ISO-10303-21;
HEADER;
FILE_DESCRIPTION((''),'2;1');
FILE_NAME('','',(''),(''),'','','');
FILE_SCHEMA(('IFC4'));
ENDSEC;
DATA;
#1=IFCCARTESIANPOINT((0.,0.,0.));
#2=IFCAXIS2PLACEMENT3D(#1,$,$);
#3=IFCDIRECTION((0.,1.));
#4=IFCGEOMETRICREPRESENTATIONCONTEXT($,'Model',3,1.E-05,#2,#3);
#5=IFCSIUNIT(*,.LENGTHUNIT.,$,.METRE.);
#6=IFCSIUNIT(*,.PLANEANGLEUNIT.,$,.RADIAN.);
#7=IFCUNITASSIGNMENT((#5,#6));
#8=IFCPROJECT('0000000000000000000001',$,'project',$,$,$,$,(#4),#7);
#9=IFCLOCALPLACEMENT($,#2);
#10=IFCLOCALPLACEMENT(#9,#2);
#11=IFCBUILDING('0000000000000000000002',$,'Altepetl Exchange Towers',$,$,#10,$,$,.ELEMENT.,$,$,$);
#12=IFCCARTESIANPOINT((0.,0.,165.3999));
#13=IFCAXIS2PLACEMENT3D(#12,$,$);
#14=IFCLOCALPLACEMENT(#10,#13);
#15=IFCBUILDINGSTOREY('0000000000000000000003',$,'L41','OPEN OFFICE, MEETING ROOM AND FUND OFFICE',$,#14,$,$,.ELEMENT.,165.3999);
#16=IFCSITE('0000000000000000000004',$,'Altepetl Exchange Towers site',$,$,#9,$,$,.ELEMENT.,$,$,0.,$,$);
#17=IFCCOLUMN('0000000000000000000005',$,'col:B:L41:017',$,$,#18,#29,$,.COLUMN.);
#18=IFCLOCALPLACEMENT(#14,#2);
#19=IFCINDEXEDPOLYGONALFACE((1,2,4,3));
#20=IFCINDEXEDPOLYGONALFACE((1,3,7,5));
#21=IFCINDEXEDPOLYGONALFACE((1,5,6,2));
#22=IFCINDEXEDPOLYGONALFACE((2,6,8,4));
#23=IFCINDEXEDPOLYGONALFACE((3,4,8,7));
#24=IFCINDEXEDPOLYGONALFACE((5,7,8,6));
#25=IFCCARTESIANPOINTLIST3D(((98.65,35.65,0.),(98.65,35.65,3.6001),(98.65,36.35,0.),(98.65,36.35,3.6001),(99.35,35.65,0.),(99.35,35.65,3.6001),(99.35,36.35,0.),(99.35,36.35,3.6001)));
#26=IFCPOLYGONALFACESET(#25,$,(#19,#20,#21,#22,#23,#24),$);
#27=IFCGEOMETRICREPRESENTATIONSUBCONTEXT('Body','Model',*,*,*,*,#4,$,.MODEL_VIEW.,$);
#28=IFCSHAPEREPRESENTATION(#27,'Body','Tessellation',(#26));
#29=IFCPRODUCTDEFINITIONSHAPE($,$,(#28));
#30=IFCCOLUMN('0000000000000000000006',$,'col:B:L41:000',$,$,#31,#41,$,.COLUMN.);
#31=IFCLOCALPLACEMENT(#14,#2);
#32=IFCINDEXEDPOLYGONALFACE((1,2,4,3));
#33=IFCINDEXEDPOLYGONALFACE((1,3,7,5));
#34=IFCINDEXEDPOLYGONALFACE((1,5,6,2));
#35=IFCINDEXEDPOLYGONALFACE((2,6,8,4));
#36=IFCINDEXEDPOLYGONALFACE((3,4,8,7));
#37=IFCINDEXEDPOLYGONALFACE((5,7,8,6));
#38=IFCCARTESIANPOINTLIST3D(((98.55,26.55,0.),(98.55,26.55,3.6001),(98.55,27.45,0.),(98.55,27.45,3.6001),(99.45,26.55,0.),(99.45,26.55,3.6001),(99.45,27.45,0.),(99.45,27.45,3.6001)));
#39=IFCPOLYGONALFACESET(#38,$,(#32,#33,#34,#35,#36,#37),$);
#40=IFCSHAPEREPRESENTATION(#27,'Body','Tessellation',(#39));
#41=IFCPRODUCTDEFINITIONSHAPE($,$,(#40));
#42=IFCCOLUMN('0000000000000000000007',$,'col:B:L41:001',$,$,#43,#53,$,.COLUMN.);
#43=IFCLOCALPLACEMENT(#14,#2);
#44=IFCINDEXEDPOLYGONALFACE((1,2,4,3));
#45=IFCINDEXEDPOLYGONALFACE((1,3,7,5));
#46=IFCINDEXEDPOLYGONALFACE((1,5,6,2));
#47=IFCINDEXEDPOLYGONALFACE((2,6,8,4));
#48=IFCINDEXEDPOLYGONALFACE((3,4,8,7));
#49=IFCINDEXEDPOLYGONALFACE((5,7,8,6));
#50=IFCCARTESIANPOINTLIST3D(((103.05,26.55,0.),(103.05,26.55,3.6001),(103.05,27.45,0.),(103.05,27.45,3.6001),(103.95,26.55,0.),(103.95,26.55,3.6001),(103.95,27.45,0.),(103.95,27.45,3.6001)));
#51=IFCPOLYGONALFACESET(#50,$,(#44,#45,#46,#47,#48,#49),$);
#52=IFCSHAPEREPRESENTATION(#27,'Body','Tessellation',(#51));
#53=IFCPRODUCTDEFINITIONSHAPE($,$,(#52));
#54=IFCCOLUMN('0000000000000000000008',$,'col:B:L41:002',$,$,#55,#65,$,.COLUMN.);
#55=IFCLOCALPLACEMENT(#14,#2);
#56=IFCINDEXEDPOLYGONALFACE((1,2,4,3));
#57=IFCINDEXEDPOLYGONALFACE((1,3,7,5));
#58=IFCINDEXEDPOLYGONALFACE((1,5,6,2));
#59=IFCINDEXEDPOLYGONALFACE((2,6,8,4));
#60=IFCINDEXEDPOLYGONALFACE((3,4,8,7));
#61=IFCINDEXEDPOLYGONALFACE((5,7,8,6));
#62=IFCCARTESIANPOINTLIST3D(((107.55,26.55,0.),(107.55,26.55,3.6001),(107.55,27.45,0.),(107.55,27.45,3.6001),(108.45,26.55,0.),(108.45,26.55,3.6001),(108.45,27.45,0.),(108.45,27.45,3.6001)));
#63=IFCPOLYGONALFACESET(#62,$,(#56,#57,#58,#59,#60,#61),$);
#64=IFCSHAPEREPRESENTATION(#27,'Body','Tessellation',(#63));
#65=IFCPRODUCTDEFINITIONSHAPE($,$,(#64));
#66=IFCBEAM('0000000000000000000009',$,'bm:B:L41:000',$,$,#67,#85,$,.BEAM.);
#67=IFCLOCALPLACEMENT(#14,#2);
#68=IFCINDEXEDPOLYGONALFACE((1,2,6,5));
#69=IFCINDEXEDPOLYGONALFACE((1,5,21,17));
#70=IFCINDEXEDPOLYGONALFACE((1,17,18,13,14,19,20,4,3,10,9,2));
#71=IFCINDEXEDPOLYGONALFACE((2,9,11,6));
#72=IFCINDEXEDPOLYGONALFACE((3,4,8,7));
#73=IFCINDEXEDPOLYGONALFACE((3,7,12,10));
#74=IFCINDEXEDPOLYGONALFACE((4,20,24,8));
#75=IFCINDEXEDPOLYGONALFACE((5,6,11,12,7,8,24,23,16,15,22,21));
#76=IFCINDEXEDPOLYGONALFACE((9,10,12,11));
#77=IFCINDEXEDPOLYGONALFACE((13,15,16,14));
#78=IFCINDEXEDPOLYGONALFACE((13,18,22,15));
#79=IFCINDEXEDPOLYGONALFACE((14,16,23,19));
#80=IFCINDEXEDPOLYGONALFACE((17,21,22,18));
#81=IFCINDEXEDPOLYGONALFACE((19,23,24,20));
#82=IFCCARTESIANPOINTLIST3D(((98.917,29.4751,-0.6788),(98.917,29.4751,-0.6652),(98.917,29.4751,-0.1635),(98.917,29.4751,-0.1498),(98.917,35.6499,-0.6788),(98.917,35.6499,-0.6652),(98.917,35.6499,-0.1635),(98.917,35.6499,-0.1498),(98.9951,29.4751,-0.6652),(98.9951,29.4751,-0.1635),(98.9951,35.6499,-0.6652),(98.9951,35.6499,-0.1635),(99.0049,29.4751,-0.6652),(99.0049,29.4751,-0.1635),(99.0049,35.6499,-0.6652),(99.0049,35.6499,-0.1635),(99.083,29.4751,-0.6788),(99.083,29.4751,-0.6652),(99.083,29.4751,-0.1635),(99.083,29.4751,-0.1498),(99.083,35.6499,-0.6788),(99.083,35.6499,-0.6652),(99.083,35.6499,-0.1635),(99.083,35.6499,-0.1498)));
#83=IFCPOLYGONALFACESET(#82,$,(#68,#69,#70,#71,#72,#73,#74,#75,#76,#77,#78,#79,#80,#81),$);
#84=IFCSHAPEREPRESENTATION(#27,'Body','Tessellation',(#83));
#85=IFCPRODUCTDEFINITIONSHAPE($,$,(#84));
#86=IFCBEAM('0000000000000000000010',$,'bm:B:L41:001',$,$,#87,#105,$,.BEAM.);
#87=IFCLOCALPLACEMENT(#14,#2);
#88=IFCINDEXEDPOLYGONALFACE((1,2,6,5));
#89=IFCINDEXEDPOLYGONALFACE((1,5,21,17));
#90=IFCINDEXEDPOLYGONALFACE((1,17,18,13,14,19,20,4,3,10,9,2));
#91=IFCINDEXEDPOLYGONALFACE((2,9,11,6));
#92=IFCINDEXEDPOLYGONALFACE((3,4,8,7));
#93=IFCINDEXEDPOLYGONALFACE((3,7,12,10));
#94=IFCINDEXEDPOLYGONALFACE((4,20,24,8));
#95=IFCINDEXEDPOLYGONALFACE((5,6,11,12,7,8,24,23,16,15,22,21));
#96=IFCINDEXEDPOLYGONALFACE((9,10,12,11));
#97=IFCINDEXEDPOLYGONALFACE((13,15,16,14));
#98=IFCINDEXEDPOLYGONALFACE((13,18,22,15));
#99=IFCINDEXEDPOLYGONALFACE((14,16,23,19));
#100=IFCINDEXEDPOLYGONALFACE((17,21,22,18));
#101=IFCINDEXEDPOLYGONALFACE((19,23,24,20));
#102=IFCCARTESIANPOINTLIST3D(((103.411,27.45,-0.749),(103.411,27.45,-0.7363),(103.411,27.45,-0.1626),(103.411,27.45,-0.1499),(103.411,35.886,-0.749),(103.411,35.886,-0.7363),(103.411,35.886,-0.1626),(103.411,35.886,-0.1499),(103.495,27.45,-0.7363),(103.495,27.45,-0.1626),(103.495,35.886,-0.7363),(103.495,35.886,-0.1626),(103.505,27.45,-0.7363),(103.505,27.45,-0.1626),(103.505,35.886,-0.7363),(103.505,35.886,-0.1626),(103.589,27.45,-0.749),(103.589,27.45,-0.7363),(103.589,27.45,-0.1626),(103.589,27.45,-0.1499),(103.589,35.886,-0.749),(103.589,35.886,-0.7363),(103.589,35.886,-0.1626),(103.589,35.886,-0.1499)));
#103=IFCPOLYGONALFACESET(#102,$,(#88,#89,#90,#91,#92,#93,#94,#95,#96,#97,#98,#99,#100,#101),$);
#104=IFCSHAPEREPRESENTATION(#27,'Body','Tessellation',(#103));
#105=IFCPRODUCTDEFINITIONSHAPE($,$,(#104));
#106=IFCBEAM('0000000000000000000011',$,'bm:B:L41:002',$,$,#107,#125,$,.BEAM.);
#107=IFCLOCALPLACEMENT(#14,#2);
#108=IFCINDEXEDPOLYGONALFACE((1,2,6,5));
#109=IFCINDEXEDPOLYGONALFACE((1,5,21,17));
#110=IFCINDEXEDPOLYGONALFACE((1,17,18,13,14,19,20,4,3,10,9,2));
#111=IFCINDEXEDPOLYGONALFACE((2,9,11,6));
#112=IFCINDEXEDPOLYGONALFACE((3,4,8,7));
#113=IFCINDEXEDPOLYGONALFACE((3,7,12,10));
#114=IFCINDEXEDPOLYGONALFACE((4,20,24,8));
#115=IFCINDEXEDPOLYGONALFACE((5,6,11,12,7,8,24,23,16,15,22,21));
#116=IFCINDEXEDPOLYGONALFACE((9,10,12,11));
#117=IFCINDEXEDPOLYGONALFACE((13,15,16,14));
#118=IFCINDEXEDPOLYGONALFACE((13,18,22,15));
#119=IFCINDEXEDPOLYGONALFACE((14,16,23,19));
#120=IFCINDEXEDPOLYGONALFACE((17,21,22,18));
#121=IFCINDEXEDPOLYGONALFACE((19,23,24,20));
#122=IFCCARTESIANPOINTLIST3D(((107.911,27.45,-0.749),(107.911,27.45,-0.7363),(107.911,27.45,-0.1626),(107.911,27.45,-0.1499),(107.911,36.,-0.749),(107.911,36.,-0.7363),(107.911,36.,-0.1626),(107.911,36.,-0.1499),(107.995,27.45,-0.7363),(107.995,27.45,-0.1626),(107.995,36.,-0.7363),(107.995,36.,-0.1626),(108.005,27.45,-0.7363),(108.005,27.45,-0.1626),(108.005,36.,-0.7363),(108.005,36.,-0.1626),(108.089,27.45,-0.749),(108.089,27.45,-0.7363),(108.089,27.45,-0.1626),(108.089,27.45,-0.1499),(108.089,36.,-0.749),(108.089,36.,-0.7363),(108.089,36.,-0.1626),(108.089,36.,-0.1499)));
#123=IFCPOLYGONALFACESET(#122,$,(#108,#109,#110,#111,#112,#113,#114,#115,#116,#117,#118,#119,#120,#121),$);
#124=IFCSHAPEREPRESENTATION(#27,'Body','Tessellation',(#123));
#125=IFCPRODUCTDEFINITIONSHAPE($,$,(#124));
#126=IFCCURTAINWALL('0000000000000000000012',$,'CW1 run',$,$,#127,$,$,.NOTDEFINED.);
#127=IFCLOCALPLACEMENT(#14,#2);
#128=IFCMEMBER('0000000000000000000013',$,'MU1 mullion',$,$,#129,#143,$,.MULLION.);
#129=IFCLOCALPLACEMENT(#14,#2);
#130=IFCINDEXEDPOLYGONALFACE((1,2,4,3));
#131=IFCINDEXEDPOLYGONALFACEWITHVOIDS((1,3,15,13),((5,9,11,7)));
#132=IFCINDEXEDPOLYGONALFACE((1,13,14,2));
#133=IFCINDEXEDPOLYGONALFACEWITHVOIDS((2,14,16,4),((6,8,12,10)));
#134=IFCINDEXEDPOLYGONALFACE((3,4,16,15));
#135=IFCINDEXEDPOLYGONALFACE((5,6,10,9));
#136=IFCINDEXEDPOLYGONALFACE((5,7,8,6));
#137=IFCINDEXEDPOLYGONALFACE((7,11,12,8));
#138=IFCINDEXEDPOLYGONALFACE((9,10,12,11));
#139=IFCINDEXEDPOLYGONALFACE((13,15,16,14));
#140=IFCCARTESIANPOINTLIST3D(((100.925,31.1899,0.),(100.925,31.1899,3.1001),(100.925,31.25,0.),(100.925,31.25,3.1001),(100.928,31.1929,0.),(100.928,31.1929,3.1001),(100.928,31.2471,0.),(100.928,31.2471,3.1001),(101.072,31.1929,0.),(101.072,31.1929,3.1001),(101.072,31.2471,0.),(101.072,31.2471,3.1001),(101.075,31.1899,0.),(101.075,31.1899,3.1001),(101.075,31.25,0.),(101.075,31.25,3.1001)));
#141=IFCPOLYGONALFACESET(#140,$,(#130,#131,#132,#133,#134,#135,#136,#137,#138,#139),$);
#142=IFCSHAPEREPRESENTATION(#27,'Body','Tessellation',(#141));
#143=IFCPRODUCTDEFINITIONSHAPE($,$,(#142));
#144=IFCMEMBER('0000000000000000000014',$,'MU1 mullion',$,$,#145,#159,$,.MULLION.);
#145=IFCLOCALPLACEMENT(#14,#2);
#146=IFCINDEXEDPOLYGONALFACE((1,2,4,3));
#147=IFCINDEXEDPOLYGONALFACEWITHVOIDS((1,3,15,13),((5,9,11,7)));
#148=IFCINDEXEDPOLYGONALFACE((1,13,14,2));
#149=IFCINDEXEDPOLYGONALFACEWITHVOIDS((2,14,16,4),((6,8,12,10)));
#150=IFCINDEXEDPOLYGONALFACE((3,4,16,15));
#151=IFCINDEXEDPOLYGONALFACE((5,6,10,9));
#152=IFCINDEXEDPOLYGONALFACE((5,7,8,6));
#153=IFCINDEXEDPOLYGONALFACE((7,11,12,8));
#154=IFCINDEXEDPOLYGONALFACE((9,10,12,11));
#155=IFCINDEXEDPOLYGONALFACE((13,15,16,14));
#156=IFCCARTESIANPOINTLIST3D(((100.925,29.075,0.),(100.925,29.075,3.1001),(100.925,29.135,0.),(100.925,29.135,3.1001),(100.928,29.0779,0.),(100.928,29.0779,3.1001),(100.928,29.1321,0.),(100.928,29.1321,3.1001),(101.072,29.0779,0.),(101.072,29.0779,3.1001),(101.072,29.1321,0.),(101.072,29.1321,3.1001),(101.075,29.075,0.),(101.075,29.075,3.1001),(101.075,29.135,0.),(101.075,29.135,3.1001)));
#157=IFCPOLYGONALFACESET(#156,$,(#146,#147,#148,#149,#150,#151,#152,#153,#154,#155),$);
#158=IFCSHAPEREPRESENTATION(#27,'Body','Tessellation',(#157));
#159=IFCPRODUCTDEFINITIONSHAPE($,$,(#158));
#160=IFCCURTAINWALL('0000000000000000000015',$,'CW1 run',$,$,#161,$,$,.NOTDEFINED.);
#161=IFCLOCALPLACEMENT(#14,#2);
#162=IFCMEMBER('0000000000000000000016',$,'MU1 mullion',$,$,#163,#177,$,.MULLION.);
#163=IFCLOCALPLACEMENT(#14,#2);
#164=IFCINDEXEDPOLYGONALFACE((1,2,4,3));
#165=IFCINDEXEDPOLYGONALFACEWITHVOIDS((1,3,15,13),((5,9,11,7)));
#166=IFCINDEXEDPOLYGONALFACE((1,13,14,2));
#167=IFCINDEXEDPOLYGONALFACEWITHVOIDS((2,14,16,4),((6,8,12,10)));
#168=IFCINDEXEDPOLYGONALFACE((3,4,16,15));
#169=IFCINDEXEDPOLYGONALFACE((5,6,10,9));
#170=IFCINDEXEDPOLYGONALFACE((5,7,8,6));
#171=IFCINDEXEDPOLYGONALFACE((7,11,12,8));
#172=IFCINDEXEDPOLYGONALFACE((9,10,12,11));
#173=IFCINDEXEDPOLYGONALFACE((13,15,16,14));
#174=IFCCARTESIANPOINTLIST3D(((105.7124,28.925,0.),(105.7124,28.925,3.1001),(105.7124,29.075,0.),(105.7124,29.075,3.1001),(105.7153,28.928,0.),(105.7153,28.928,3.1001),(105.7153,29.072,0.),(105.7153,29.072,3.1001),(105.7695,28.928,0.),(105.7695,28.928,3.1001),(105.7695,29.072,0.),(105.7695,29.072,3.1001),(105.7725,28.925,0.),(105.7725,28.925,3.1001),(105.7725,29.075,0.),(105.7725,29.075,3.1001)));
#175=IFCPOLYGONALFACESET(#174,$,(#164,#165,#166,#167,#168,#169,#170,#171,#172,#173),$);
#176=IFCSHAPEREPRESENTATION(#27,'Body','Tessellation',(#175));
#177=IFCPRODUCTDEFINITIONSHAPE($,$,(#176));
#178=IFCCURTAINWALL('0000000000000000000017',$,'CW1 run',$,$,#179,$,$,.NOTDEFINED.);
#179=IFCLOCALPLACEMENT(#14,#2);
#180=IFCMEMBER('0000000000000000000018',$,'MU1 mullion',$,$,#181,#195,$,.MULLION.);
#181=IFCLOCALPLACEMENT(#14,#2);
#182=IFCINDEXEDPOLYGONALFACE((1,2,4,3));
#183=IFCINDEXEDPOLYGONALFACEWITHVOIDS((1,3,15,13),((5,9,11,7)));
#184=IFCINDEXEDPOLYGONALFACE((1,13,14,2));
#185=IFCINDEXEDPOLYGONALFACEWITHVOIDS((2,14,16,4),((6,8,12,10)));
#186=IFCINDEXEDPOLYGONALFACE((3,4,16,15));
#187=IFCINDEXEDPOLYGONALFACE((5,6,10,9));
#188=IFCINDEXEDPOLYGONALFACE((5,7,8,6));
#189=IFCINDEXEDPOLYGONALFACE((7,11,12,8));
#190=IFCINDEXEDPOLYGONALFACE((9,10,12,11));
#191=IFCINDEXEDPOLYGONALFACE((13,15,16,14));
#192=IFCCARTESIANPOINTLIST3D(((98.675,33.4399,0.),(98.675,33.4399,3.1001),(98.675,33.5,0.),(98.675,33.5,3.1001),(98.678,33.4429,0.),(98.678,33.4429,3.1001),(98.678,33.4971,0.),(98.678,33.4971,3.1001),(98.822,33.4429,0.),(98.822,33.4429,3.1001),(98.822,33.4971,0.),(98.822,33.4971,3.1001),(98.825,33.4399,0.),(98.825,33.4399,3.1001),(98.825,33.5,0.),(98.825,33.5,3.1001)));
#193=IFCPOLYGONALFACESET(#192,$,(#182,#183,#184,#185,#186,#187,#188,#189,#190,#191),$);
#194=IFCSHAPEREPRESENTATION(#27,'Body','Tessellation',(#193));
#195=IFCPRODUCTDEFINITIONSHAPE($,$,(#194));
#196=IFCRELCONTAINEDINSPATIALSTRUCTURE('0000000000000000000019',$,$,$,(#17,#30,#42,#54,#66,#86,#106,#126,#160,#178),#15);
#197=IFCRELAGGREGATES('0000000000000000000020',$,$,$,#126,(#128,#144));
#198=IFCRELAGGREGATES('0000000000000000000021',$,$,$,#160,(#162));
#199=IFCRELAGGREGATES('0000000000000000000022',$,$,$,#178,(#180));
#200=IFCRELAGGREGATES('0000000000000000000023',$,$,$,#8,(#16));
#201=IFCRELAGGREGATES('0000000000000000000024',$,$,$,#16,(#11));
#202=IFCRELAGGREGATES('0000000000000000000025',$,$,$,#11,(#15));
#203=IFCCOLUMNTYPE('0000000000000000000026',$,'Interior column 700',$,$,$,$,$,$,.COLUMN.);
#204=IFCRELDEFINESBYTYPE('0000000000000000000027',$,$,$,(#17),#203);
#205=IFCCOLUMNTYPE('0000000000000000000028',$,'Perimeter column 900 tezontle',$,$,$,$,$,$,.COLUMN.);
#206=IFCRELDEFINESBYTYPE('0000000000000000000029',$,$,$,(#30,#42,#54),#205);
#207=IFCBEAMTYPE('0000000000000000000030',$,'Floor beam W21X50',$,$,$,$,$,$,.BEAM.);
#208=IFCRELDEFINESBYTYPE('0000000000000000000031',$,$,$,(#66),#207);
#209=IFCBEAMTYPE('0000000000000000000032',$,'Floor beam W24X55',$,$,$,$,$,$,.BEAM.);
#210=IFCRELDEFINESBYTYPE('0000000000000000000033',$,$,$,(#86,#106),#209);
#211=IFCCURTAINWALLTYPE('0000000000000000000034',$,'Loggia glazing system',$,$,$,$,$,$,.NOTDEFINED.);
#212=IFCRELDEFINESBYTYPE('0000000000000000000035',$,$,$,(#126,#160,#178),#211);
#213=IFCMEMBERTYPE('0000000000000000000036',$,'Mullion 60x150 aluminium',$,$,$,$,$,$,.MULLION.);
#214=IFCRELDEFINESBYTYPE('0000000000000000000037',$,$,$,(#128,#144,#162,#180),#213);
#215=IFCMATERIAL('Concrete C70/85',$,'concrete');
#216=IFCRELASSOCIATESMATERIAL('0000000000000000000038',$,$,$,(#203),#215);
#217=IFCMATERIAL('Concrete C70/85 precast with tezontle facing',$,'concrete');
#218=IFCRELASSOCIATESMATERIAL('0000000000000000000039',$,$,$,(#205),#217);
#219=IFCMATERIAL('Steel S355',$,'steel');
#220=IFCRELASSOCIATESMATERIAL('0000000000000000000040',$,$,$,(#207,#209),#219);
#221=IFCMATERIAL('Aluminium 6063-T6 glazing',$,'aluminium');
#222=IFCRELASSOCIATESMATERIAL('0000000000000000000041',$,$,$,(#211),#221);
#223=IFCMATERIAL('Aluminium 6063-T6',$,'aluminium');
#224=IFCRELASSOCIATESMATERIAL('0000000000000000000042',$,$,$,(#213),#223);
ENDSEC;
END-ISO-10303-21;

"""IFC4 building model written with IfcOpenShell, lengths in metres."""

from ifc_helpers import new_model, si_unit, direction, frame, origin, origin_2d, place, context, subcontext, project, spatial, rectangle, hollow_rectangle, i_section, extrude, material, material_profile, profile_set, type_object, element, aggregate, save


model = new_model("IFC4")

# Units and contexts
model_context = context("Model", 3, precision=1e-05, world=origin(), true_north=direction((0.0, 1.0)))
body_context = subcontext(model_context, "Body", "Model", "MODEL_VIEW")
ifc_project = project(units=[si_unit("LENGTHUNIT", "METRE"), si_unit("PLANEANGLEUNIT", "RADIAN")], contexts=[model_context])

# Site, building, storey
site_placement = place(None, origin())
site = spatial("IfcSite", under=ifc_project, at=site_placement, Name="Altepetl Exchange Towers site", CompositionType="ELEMENT", RefElevation=0.0)
building_placement = place(site_placement, origin())
building = spatial("IfcBuilding", under=site, at=building_placement, Name="Altepetl Exchange Towers", CompositionType="ELEMENT")
storey_placement = place(building_placement, frame((0.0, 0.0, 165.3999)))
storey = spatial("IfcBuildingStorey", under=building, at=storey_placement, Name="L41", Description="OPEN OFFICE, MEETING ROOM AND FUND OFFICE", CompositionType="ELEMENT", Elevation=165.3999)

# Columns
ifc_material_1 = material(Name="Concrete C70/85", Category="concrete")
ifc_material_profile_1 = material_profile(ifc_material_1, rectangle(XDim=0.7, YDim=0.7, at=origin_2d()), Name="700 x 700")
ifc_profile_set_1 = profile_set([ifc_material_profile_1], Name="Concrete C70/85")
column_type_1 = type_object("IfcColumnType", Name="Interior column 700", PredefinedType="COLUMN", material=ifc_profile_set_1)
column_placement = place(storey_placement, frame((99.0, 36.0, 0.0)))
element("IfcColumn", 1, at=column_placement, inside=storey, type_object=column_type_1, Name="col:B:L41:017", PredefinedType="COLUMN", context=body_context, shape_type="SweptSolid", body=[
    extrude(rectangle(XDim=0.7, YDim=0.7, at=origin_2d()), origin(), (0.0, 0.0, 1.0), 3.6001),
])
ifc_material_2 = material(Name="Concrete C70/85 precast with tezontle facing", Category="concrete")
ifc_material_profile_2 = material_profile(ifc_material_2, rectangle(XDim=0.8999, YDim=0.8999, at=origin_2d()), Name="900 x 900")
ifc_profile_set_2 = profile_set([ifc_material_profile_2], Name="Concrete C70/85 precast with tezontle facing")
column_type_2 = type_object("IfcColumnType", Name="Perimeter column 900 tezontle", PredefinedType="COLUMN", material=ifc_profile_set_2)
for number, where, name in (
    (2, (99.0, 27.0, 0.0), "col:B:L41:000"),
    (3, (103.5, 27.0, 0.0), "col:B:L41:001"),
    (4, (108.0, 27.0, 0.0), "col:B:L41:002"),
):
    element("IfcColumn", number, at=place(storey_placement, frame(where)), inside=storey, type_object=column_type_2, Name=name, PredefinedType="COLUMN", context=body_context, shape_type="SweptSolid", body=[
        extrude(rectangle(XDim=0.8999, YDim=0.8999, at=origin_2d()), origin(), (0.0, 0.0, 1.0), 3.6001),
    ])

# Beams
ifc_material_3 = material(Name="Steel S355", Category="steel")
ifc_material_profile_3 = material_profile(ifc_material_3, i_section(OverallWidth=0.166, OverallDepth=0.5291, WebThickness=0.0098, FlangeThickness=0.0137, at=origin_2d()), Name="W21X50")
ifc_profile_set_3 = profile_set([ifc_material_profile_3], Name="Steel S355")
beam_type_1 = type_object("IfcBeamType", Name="Floor beam W21X50", PredefinedType="BEAM", material=ifc_profile_set_3)
beam_1_placement = place(storey_placement, frame((99.0, 29.4751, -0.4143), z_axis=(0.0, 1.0, 0.0), x_axis=(-1.0, 0.0, 0.0)))
element("IfcBeam", 5, at=beam_1_placement, inside=storey, type_object=beam_type_1, Name="bm:B:L41:000", PredefinedType="BEAM", context=body_context, shape_type="SweptSolid", body=[
    extrude(i_section(OverallWidth=0.166, OverallDepth=0.5291, WebThickness=0.0098, FlangeThickness=0.0137, at=origin_2d()), origin(), (0.0, 0.0, 1.0), 6.1748),
])
ifc_material_profile_4 = material_profile(ifc_material_3, i_section(OverallWidth=0.178, OverallDepth=0.5991, WebThickness=0.01, FlangeThickness=0.0127, at=origin_2d()), Name="W24X55")
ifc_profile_set_4 = profile_set([ifc_material_profile_4], Name="Steel S355")
beam_type_2 = type_object("IfcBeamType", Name="Floor beam W24X55", PredefinedType="BEAM", material=ifc_profile_set_4)
beam_2_placement = place(storey_placement, frame((103.5, 27.45, -0.4495), z_axis=(0.0, 1.0, 0.0), x_axis=(-1.0, 0.0, 0.0)))
element("IfcBeam", 6, at=beam_2_placement, inside=storey, type_object=beam_type_2, Name="bm:B:L41:001", PredefinedType="BEAM", context=body_context, shape_type="SweptSolid", body=[
    extrude(i_section(OverallWidth=0.178, OverallDepth=0.5991, WebThickness=0.01, FlangeThickness=0.0127, at=origin_2d()), origin(), (0.0, 0.0, 1.0), 8.436),
])
beam_3_placement = place(storey_placement, frame((108.0, 27.45, -0.4495), z_axis=(0.0, 1.0, 0.0), x_axis=(-1.0, 0.0, 0.0)))
element("IfcBeam", 7, at=beam_3_placement, inside=storey, type_object=beam_type_2, Name="bm:B:L41:002", PredefinedType="BEAM", context=body_context, shape_type="SweptSolid", body=[
    extrude(i_section(OverallWidth=0.178, OverallDepth=0.5991, WebThickness=0.01, FlangeThickness=0.0127, at=origin_2d()), origin(), (0.0, 0.0, 1.0), 8.55),
])

# Curtain wall, members
ifc_material_4 = material(Name="Aluminium 6063-T6 glazing", Category="aluminium")
curtain_wall_type = type_object("IfcCurtainWallType", Name="Loggia glazing system", PredefinedType="NOTDEFINED", material=ifc_material_4)
curtain_wall_1_placement = place(storey_placement, origin())
curtain_wall_1 = element("IfcCurtainWall", 8, at=curtain_wall_1_placement, inside=storey, type_object=curtain_wall_type, Name="CW1 run", PredefinedType="NOTDEFINED")
ifc_material_5 = material(Name="Aluminium 6063-T6", Category="aluminium")
ifc_material_profile_5 = material_profile(ifc_material_5, hollow_rectangle(XDim=0.0601, YDim=0.1499, WallThickness=0.0029, at=origin_2d()), Name="Mullion 60x150 aluminium")
ifc_profile_set_5 = profile_set([ifc_material_profile_5], Name="Aluminium 6063-T6")
member_type = type_object("IfcMemberType", Name="Mullion 60x150 aluminium", PredefinedType="MULLION", material=ifc_profile_set_5)
member_1_placement = place(storey_placement, frame((101.0, 31.22, 0.0), z_axis=(0.0, 0.0, 1.0), x_axis=(0.0, -1.0, 0.0)))
member_1 = element("IfcMember", 9, at=member_1_placement, type_object=member_type, Name="MU1 mullion", PredefinedType="MULLION", context=body_context, shape_type="SweptSolid", body=[
    extrude(hollow_rectangle(XDim=0.0601, YDim=0.1499, WallThickness=0.0029, at=origin_2d()), origin(), (0.0, 0.0, 1.0), 3.1001),
])
member_2_placement = place(storey_placement, frame((101.0, 29.105, 0.0), z_axis=(0.0, 0.0, 1.0), x_axis=(0.0, -1.0, 0.0)))
member_2 = element("IfcMember", 10, at=member_2_placement, type_object=member_type, Name="MU1 mullion", PredefinedType="MULLION", context=body_context, shape_type="SweptSolid", body=[
    extrude(hollow_rectangle(XDim=0.0601, YDim=0.1499, WallThickness=0.0029, at=origin_2d()), origin(), (0.0, 0.0, 1.0), 3.1001),
])

# Curtain wall, member
curtain_wall_2_placement = place(storey_placement, origin())
curtain_wall_2 = element("IfcCurtainWall", 11, at=curtain_wall_2_placement, inside=storey, type_object=curtain_wall_type, Name="CW1 run", PredefinedType="NOTDEFINED")
member_3_placement = place(storey_placement, frame((105.7424, 29.0, 0.0)))
member_3 = element("IfcMember", 12, at=member_3_placement, type_object=member_type, Name="MU1 mullion", PredefinedType="MULLION", context=body_context, shape_type="SweptSolid", body=[
    extrude(hollow_rectangle(XDim=0.0601, YDim=0.1499, WallThickness=0.0029, at=origin_2d()), origin(), (0.0, 0.0, 1.0), 3.1001),
])

# Curtain wall, member
curtain_wall_3_placement = place(storey_placement, origin())
curtain_wall_3 = element("IfcCurtainWall", 13, at=curtain_wall_3_placement, inside=storey, type_object=curtain_wall_type, Name="CW1 run", PredefinedType="NOTDEFINED")
member_4_placement = place(storey_placement, frame((98.75, 33.47, 0.0), z_axis=(0.0, 0.0, 1.0), x_axis=(0.0, -1.0, 0.0)))
member_4 = element("IfcMember", 14, at=member_4_placement, type_object=member_type, Name="MU1 mullion", PredefinedType="MULLION", context=body_context, shape_type="SweptSolid", body=[
    extrude(hollow_rectangle(XDim=0.0601, YDim=0.1499, WallThickness=0.0029, at=origin_2d()), origin(), (0.0, 0.0, 1.0), 3.1001),
])

aggregate(curtain_wall_1, [member_1, member_2])
aggregate(curtain_wall_2, [member_3])
aggregate(curtain_wall_3, [member_4])

save(model, "model.ifc")
